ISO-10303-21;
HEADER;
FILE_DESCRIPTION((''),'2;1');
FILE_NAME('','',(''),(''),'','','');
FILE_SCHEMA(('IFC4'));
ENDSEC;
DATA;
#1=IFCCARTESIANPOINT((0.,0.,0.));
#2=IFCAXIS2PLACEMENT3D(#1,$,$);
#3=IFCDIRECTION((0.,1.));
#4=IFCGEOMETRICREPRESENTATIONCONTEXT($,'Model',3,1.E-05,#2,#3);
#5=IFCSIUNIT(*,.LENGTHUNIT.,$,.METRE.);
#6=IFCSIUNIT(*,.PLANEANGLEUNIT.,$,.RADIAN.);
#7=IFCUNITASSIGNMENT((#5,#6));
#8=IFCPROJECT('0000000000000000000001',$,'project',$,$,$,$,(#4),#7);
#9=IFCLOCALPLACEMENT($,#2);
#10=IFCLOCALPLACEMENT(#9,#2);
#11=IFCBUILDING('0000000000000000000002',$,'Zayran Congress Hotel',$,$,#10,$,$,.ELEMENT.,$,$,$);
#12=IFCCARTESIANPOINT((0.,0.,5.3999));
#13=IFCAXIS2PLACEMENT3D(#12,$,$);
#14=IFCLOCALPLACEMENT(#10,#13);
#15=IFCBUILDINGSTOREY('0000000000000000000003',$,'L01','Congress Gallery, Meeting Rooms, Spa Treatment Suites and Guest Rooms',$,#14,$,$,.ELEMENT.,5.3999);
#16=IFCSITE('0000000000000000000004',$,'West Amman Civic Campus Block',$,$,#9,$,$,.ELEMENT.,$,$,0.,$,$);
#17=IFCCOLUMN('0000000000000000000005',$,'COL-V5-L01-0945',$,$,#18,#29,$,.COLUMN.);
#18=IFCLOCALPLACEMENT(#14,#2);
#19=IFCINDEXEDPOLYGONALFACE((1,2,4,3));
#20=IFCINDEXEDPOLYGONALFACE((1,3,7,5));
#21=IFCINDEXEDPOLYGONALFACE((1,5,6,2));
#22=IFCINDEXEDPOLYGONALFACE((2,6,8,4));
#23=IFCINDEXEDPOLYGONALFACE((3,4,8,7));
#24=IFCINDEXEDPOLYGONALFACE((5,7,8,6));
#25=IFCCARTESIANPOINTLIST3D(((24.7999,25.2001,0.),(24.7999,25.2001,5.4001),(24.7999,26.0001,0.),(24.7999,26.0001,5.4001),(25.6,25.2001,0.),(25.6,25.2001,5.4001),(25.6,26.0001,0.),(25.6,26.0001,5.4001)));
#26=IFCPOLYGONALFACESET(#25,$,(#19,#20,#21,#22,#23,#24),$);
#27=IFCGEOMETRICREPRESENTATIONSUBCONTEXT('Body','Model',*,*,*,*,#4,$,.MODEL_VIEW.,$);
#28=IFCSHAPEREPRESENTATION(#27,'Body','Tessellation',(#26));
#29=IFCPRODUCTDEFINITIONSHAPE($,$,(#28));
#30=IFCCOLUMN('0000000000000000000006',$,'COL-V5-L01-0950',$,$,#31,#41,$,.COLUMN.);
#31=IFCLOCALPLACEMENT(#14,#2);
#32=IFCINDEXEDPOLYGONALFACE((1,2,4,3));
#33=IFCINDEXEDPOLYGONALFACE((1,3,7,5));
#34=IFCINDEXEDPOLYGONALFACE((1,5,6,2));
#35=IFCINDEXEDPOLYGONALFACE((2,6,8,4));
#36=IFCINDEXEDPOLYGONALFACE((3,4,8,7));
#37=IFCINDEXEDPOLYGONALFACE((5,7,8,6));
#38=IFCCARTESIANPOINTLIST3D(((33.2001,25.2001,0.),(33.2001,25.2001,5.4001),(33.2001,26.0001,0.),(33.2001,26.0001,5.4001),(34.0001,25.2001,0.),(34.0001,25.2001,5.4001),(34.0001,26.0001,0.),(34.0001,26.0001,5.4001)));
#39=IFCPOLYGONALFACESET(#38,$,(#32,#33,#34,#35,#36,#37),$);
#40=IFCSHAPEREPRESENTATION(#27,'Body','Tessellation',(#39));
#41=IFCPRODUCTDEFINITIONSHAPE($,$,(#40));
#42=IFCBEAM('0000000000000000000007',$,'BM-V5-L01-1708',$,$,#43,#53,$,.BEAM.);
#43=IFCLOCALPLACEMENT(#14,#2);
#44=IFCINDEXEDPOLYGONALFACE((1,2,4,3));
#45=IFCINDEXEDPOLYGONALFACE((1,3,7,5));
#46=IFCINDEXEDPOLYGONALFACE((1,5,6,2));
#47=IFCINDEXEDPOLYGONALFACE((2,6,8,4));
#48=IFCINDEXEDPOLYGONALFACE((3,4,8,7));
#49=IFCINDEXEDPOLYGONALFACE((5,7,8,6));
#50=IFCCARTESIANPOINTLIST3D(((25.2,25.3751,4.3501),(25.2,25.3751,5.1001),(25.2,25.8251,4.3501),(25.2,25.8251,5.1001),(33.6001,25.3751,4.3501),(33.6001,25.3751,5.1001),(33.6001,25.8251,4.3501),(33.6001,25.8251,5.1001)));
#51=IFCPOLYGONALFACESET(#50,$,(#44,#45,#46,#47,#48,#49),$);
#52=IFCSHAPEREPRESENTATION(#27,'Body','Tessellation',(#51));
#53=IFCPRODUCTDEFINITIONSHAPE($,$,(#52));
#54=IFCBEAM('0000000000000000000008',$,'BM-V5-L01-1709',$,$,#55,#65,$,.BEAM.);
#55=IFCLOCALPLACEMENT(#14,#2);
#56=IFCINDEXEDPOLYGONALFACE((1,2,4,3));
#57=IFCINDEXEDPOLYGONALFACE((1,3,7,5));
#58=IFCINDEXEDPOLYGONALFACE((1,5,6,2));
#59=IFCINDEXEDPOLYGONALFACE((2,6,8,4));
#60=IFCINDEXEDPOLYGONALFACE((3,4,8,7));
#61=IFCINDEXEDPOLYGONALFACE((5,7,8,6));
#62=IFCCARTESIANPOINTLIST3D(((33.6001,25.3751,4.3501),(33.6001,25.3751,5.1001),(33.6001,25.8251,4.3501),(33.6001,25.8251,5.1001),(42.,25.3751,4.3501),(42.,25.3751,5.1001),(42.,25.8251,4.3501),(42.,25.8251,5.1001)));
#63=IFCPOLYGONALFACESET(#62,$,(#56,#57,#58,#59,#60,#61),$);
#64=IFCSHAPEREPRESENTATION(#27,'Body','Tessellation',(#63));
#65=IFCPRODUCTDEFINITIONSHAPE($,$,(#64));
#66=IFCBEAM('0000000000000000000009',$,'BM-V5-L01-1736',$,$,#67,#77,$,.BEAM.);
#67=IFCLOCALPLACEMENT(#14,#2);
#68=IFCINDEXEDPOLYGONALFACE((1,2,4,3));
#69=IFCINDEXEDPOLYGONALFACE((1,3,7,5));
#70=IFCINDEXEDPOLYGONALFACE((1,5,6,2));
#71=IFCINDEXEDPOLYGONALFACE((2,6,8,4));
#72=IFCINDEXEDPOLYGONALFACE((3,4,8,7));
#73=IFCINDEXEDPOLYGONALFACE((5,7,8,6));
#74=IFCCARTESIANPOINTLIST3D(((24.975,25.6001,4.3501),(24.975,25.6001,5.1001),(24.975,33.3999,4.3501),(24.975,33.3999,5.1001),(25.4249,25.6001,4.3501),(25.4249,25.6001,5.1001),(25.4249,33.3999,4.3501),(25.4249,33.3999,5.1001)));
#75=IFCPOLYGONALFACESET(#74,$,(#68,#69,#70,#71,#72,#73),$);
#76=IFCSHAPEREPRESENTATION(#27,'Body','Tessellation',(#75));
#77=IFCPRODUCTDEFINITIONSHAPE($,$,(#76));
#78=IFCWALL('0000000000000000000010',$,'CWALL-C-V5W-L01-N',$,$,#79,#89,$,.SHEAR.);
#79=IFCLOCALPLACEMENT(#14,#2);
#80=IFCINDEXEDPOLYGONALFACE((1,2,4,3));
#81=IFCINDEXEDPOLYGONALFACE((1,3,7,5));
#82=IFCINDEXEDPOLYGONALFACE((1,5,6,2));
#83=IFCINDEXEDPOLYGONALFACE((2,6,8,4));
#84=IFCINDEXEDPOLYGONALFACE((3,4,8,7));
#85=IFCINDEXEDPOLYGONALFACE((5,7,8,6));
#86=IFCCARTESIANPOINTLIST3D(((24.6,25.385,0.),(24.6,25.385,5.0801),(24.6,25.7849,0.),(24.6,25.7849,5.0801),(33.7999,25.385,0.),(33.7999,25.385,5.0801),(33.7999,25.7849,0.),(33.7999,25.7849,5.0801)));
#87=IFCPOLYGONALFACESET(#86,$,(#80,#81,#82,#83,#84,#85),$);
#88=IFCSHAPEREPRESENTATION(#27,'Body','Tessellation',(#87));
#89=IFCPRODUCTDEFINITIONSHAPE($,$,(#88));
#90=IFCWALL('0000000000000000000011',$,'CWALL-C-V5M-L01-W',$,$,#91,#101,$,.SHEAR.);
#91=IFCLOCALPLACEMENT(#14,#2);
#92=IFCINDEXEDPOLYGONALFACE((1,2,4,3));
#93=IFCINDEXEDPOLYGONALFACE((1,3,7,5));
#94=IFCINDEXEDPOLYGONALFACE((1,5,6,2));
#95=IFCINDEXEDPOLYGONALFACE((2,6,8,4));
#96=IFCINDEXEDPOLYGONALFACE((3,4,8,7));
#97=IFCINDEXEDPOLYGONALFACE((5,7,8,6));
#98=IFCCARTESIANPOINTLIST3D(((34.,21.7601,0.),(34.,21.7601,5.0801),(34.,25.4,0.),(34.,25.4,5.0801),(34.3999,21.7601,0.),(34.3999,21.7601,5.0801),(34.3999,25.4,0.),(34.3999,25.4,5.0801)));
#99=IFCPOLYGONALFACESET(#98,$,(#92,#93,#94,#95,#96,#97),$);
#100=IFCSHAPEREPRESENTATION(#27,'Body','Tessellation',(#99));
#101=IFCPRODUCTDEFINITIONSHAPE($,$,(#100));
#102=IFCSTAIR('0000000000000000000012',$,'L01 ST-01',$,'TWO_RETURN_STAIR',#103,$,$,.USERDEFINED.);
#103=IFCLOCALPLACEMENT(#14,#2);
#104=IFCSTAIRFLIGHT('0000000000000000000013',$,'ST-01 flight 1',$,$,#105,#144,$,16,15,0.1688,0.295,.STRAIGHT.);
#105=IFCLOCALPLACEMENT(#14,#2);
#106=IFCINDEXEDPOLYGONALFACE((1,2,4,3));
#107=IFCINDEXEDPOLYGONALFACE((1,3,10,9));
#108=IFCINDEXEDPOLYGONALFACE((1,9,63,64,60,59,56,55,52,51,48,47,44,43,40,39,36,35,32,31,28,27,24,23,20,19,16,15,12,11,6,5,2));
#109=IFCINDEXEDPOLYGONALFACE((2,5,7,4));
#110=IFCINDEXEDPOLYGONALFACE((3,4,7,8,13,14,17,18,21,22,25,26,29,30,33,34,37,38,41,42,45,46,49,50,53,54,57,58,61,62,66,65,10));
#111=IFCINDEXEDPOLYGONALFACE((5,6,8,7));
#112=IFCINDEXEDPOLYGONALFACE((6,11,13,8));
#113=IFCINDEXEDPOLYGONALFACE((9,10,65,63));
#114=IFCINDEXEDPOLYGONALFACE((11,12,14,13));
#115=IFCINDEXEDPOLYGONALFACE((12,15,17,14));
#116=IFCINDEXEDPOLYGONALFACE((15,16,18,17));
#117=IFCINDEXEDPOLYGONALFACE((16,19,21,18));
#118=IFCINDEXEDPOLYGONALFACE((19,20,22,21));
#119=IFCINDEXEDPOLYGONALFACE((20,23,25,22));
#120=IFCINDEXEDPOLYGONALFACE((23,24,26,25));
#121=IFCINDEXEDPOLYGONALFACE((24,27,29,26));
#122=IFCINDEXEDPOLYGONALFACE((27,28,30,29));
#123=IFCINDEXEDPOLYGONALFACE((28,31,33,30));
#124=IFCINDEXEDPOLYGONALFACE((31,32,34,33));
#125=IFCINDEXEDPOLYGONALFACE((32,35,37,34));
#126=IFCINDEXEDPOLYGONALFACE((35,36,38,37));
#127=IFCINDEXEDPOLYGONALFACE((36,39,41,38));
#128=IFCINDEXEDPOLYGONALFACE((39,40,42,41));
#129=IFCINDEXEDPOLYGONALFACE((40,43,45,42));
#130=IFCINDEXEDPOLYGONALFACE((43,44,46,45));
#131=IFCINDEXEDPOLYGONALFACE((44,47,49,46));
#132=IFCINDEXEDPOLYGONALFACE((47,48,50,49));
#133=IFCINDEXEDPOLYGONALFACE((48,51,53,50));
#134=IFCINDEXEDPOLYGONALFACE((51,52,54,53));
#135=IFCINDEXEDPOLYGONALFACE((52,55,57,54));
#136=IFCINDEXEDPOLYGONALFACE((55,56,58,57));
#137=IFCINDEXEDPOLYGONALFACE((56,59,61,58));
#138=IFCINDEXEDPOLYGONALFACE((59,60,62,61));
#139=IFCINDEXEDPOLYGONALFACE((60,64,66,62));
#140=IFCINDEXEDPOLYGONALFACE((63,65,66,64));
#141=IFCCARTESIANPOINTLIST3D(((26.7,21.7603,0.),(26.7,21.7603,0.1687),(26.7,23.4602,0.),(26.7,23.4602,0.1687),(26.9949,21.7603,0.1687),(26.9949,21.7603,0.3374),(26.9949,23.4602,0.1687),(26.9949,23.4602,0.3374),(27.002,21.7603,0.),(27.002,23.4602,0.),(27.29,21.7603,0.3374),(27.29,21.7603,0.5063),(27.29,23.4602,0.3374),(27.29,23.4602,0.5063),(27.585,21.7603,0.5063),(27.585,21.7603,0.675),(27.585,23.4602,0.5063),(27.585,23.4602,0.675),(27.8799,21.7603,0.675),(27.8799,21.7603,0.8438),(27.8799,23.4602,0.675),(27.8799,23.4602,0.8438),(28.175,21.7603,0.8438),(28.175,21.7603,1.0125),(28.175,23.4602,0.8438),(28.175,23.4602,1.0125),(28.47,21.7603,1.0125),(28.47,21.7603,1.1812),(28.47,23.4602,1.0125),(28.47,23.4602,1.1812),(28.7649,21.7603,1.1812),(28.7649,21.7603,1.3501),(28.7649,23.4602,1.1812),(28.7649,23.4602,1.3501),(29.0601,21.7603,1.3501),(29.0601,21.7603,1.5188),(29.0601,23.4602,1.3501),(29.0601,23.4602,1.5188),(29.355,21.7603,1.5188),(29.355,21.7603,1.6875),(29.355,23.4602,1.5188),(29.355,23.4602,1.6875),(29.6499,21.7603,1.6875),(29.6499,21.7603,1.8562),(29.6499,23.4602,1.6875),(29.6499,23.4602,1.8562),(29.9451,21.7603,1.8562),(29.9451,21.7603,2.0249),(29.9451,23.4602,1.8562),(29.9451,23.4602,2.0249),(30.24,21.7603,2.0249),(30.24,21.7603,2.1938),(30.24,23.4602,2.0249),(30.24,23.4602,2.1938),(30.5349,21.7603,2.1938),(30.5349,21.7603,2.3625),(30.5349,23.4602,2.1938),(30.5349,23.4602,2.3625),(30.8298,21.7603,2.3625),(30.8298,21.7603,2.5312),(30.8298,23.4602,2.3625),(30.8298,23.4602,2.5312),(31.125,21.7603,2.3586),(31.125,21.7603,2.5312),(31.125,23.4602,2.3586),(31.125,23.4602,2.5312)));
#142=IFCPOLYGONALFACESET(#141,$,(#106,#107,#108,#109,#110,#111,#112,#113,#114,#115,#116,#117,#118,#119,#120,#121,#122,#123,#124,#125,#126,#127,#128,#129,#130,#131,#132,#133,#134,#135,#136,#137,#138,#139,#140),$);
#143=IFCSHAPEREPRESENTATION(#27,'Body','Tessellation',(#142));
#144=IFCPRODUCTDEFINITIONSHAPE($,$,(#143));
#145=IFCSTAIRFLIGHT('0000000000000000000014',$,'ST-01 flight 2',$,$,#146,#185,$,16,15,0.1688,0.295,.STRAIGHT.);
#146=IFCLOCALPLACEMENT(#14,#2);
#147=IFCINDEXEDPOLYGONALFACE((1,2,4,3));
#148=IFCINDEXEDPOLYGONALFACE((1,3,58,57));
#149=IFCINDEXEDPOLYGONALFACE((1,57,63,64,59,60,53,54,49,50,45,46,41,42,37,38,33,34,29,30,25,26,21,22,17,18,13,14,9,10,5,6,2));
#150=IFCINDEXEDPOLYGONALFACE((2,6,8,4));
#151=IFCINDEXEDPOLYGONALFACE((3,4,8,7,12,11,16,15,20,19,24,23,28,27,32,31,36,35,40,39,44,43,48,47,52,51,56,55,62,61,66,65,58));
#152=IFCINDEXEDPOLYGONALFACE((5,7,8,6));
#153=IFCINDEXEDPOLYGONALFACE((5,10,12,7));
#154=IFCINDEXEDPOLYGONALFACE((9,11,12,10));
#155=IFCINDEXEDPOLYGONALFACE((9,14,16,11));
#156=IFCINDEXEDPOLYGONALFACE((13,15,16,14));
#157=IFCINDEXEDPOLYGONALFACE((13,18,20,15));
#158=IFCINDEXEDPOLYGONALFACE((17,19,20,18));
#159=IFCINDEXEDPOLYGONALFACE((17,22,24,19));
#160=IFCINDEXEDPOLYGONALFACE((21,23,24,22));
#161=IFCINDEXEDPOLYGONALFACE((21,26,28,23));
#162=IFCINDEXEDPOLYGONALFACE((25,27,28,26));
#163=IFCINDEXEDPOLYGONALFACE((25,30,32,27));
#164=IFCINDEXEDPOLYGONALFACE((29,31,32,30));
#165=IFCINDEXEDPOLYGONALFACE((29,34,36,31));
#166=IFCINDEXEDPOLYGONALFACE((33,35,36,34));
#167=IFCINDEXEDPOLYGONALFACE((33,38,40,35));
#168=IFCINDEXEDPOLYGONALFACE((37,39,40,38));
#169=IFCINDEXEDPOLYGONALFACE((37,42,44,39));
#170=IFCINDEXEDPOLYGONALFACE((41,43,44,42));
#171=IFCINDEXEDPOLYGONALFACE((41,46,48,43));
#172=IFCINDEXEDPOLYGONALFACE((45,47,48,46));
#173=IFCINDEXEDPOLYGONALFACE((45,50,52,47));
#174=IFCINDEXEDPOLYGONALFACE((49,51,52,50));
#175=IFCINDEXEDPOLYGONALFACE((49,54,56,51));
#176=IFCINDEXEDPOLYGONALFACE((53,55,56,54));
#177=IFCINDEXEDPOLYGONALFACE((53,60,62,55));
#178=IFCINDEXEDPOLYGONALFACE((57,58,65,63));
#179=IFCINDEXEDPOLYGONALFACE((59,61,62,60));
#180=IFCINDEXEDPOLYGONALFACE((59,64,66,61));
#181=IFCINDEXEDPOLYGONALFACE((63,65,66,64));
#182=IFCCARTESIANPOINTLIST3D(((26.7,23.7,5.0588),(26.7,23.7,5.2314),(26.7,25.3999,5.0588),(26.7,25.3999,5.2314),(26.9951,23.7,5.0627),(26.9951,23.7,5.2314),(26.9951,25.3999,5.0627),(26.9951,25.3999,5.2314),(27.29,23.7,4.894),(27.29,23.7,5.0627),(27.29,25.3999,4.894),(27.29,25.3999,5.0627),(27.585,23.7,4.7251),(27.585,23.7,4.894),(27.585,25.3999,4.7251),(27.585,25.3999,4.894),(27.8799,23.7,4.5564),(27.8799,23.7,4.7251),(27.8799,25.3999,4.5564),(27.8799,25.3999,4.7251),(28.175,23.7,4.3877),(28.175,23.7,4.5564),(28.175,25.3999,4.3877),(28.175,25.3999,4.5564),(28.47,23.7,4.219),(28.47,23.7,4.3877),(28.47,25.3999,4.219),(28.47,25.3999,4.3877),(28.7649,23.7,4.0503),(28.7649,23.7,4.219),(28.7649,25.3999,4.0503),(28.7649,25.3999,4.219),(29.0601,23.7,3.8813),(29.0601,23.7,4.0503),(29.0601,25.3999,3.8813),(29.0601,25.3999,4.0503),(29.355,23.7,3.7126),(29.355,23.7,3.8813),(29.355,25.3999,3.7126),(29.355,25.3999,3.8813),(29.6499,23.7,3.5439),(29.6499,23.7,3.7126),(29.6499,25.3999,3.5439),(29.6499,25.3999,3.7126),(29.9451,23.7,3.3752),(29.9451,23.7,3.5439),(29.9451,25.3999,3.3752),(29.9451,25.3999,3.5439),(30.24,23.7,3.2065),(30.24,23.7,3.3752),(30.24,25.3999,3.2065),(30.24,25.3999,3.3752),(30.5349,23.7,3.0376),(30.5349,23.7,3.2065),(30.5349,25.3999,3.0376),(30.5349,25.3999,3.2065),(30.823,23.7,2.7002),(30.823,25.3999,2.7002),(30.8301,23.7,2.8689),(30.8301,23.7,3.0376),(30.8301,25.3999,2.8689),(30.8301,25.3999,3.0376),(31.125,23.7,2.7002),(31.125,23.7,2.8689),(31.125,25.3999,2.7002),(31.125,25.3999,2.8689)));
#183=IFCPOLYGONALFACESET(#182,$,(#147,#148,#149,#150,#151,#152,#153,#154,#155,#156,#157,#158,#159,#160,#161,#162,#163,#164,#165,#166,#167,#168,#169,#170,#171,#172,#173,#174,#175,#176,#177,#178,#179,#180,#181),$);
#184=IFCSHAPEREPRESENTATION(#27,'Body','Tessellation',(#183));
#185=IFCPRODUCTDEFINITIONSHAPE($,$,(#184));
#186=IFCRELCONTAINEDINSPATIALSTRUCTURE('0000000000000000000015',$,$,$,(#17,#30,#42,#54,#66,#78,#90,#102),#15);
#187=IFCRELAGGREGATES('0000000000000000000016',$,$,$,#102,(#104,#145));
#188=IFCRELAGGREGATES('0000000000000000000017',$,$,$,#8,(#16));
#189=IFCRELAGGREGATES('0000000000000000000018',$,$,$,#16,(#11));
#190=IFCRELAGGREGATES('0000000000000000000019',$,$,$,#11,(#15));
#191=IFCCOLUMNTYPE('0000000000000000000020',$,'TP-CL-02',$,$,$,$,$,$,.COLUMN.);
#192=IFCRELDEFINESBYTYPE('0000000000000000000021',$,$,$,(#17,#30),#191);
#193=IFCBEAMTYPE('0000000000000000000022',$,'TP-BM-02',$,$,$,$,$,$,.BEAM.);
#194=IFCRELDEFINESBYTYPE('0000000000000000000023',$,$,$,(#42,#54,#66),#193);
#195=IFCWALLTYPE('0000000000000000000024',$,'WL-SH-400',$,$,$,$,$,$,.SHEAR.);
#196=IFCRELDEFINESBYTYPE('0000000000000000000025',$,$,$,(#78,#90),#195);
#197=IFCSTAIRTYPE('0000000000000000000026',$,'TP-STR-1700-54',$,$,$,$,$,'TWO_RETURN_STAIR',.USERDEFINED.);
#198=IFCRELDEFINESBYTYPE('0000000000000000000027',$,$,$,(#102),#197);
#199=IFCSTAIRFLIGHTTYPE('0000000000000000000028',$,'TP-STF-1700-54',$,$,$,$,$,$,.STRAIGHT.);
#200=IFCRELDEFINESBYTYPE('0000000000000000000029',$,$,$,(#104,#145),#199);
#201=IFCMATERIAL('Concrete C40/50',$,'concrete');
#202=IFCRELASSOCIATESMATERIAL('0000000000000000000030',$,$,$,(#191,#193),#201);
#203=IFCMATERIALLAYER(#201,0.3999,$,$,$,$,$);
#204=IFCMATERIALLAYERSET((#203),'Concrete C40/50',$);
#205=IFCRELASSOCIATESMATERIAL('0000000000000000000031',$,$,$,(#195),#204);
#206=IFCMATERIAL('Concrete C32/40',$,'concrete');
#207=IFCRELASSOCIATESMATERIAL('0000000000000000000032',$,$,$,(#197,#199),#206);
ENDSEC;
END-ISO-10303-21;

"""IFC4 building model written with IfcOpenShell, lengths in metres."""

from ifc_helpers import new_model, si_unit, direction, frame, frame_2d, origin, origin_2d, place, context, subcontext, project, spatial, polyline, rectangle, outline, extrude, material, layer, layer_set, material_profile, profile_set, type_object, element, aggregate, save


model = new_model("IFC4")

# Units and contexts
model_context = context("Model", 3, precision=1e-05, world=origin(), true_north=direction((0.0, 1.0)))
body_context = subcontext(model_context, "Body", "Model", "MODEL_VIEW")
ifc_project = project(units=[si_unit("LENGTHUNIT", "METRE"), si_unit("PLANEANGLEUNIT", "RADIAN")], contexts=[model_context])

# Site, building, storey
site_placement = place(None, origin())
site = spatial("IfcSite", under=ifc_project, at=site_placement, Name="West Amman Civic Campus Block", CompositionType="ELEMENT", RefElevation=0.0)
building_placement = place(site_placement, origin())
building = spatial("IfcBuilding", under=site, at=building_placement, Name="Zayran Congress Hotel", CompositionType="ELEMENT")
storey_placement = place(building_placement, frame((0.0, 0.0, 5.3999)))
storey = spatial("IfcBuildingStorey", under=building, at=storey_placement, Name="L01", Description="Congress Gallery, Meeting Rooms, Spa Treatment Suites and Guest Rooms", CompositionType="ELEMENT", Elevation=5.3999)

# Columns
ifc_material_1 = material(Name="Concrete C40/50", Category="concrete")
ifc_material_profile_1 = material_profile(ifc_material_1, rectangle(XDim=0.8, YDim=0.8, at=origin_2d()), Name="RC 800x800")
ifc_profile_set_1 = profile_set([ifc_material_profile_1], Name="Concrete C40/50")
column_type = type_object("IfcColumnType", Name="TP-CL-02", PredefinedType="COLUMN", material=ifc_profile_set_1)
for number, where, z_axis, x_axis, name in (
    (1, (25.2, 25.6001, 0.0), (0.0, 0.0, 1.0), (1.0, 0.0, 0.0), "COL-V5-L01-0945"),
    (2, (33.6001, 25.6001, 0.0), (0.0, 0.0, 1.0), (1.0, 0.0, 0.0), "COL-V5-L01-0950"),
):
    element("IfcColumn", number, at=place(storey_placement, frame(where, z_axis=z_axis, x_axis=x_axis)), inside=storey, type_object=column_type, Name=name, PredefinedType="COLUMN", context=body_context, shape_type="SweptSolid", body=[
        extrude(rectangle(XDim=0.8, YDim=0.8, at=origin_2d()), origin(), (0.0, 0.0, 1.0), 5.4001),
    ])

# Beams
ifc_material_profile_2 = material_profile(ifc_material_1, rectangle(XDim=0.45, YDim=0.75, at=origin_2d()), Name="RC 450x750")
ifc_profile_set_2 = profile_set([ifc_material_profile_2], Name="Concrete C40/50")
beam_type = type_object("IfcBeamType", Name="TP-BM-02", PredefinedType="BEAM", material=ifc_profile_set_2)
beam_1_placement = place(storey_placement, frame((25.2, 25.6001, 4.7251), z_axis=(1.0, 0.0, 0.0), x_axis=(0.0, 1.0, 0.0)))
element("IfcBeam", 3, at=beam_1_placement, inside=storey, type_object=beam_type, Name="BM-V5-L01-1708", PredefinedType="BEAM", context=body_context, shape_type="SweptSolid", body=[
    extrude(rectangle(XDim=0.45, YDim=0.75, at=origin_2d()), origin(), (0.0, 0.0, 1.0), 8.4001),
])
beam_2_placement = place(storey_placement, frame((33.6001, 25.6001, 4.7251), z_axis=(1.0, 0.0, 0.0), x_axis=(0.0, 1.0, 0.0)))
element("IfcBeam", 4, at=beam_2_placement, inside=storey, type_object=beam_type, Name="BM-V5-L01-1709", PredefinedType="BEAM", context=body_context, shape_type="SweptSolid", body=[
    extrude(rectangle(XDim=0.45, YDim=0.75, at=origin_2d()), origin(), (0.0, 0.0, 1.0), 8.3999),
])
beam_3_placement = place(storey_placement, frame((25.2, 25.6001, 4.7251), z_axis=(0.0, 1.0, 0.0), x_axis=(-1.0, 0.0, 0.0)))
element("IfcBeam", 5, at=beam_3_placement, inside=storey, type_object=beam_type, Name="BM-V5-L01-1736", PredefinedType="BEAM", context=body_context, shape_type="SweptSolid", body=[
    extrude(rectangle(XDim=0.45, YDim=0.75, at=origin_2d()), origin(), (0.0, 0.0, 1.0), 7.7998),
])

# Walls
ifc_layer = layer(ifc_material_1, 0.3999)
ifc_layer_set = layer_set([ifc_layer], Name="Concrete C40/50")
wall_type = type_object("IfcWallType", Name="WL-SH-400", PredefinedType="SHEAR", material=ifc_layer_set)
wall_1_placement = place(storey_placement, frame((33.8, 25.585, 0.0), z_axis=(0.0, 0.0, 1.0), x_axis=(-1.0, 0.0, 0.0)))
element("IfcWall", 6, at=wall_1_placement, inside=storey, type_object=wall_type, Name="CWALL-C-V5W-L01-N", PredefinedType="SHEAR", context=body_context, shape_type="SweptSolid", body=[
    extrude(rectangle(XDim=9.2, YDim=0.3999, at=frame_2d((4.6001, 0.0))), origin(), (0.0, 0.0, 1.0), 5.0801),
])
wall_2_placement = place(storey_placement, frame((34.2, 25.3999, 0.0), z_axis=(0.0, 0.0, 1.0), x_axis=(0.0, -1.0, 0.0)))
element("IfcWall", 7, at=wall_2_placement, inside=storey, type_object=wall_type, Name="CWALL-C-V5M-L01-W", PredefinedType="SHEAR", context=body_context, shape_type="SweptSolid", body=[
    extrude(rectangle(XDim=3.6399, YDim=0.3999, at=frame_2d((1.8198, 0.0))), origin(), (0.0, 0.0, 1.0), 5.0801),
])

# Stair, stair flights
ifc_material_2 = material(Name="Concrete C32/40", Category="concrete")
stair_type = type_object("IfcStairType", Name="TP-STR-1700-54", ElementType="TWO_RETURN_STAIR", PredefinedType="USERDEFINED", material=ifc_material_2)
stair_placement = place(storey_placement, origin())
stair = element("IfcStair", 8, at=stair_placement, inside=storey, type_object=stair_type, Name="L01 ST-01", ObjectType="TWO_RETURN_STAIR", PredefinedType="USERDEFINED")
stair_flight_type = type_object("IfcStairFlightType", Name="TP-STF-1700-54", PredefinedType="STRAIGHT", material=ifc_material_2)
stair_flight_1_placement = place(storey_placement, frame((26.7, 22.6101, 0.0), z_axis=(0.0, 0.0, 1.0), x_axis=(1.0, 0.0, 0.0)))
stair_flight_1 = element("IfcStairFlight", 9, at=stair_flight_1_placement, type_object=stair_flight_type, Name="ST-01 flight 1", NumberOfRisers=16, NumberOfTreads=15, PredefinedType="STRAIGHT", RiserHeight=0.1688, TreadLength=0.295, context=body_context, shape_type="SweptSolid", body=[
    extrude(outline(polyline([(0.0, 0.0), (0.0, 0.1687), (0.2949, 0.1687), (0.2949, 0.3374), (0.5901, 0.3374), (0.5901, 0.5063), (0.885, 0.5063), (0.885, 0.675), (1.1799, 0.675), (1.1799, 0.8438), (1.4751, 0.8438), (1.4751, 1.0125), (1.77, 1.0125), (1.77, 1.1812), (2.0649, 1.1812), (2.0649, 1.3501), (2.3601, 1.3501), (2.3601, 1.5188), (2.655, 1.5188), (2.655, 1.6875), (2.95, 1.6875), (2.95, 1.8562), (3.2451, 1.8562), (3.2451, 2.0249), (3.54, 2.0249), (3.54, 2.1938), (3.835, 2.1938), (3.835, 2.3625), (4.1299, 2.3625), (4.1299, 2.5312), (4.425, 2.5312), (4.425, 2.7), (4.425, 2.3586), (0.302, 0.0), (0.0, 0.0)])), frame((0.0, 0.8501, 0.0), z_axis=(0.0, -1.0, 0.0), x_axis=(1.0, 0.0, 0.0)), (0.0, 0.0, 1.0), 1.7),
])
stair_flight_2_placement = place(storey_placement, frame((31.125, 24.55, 2.7002), z_axis=(0.0, 0.0, 1.0), x_axis=(-1.0, 0.0, 0.0)))
stair_flight_2 = element("IfcStairFlight", 10, at=stair_flight_2_placement, type_object=stair_flight_type, Name="ST-01 flight 2", NumberOfRisers=16, NumberOfTreads=15, PredefinedType="STRAIGHT", RiserHeight=0.1688, TreadLength=0.295, context=body_context, shape_type="SweptSolid", body=[
    extrude(outline(polyline([(0.0, 0.0), (0.0, 0.1687), (0.2949, 0.1687), (0.2949, 0.3374), (0.5901, 0.3374), (0.5901, 0.5063), (0.885, 0.5063), (0.885, 0.675), (1.1799, 0.675), (1.1799, 0.8438), (1.4751, 0.8438), (1.4751, 1.0125), (1.77, 1.0125), (1.77, 1.1812), (2.0649, 1.1812), (2.0649, 1.3501), (2.3601, 1.3501), (2.3601, 1.5188), (2.655, 1.5188), (2.655, 1.6875), (2.95, 1.6875), (2.95, 1.8562), (3.2451, 1.8562), (3.2451, 2.0249), (3.54, 2.0249), (3.54, 2.1938), (3.835, 2.1938), (3.835, 2.3625), (4.1299, 2.3625), (4.1299, 2.5312), (4.425, 2.5312), (4.425, 2.7), (4.425, 2.3586), (0.302, 0.0), (0.0, 0.0)])), frame((0.0, 0.8501, 0.0), z_axis=(0.0, -1.0, 0.0), x_axis=(1.0, 0.0, 0.0)), (0.0, 0.0, 1.0), 1.7),
])
aggregate(stair, [stair_flight_1, stair_flight_2])

save(model, "model.ifc")
